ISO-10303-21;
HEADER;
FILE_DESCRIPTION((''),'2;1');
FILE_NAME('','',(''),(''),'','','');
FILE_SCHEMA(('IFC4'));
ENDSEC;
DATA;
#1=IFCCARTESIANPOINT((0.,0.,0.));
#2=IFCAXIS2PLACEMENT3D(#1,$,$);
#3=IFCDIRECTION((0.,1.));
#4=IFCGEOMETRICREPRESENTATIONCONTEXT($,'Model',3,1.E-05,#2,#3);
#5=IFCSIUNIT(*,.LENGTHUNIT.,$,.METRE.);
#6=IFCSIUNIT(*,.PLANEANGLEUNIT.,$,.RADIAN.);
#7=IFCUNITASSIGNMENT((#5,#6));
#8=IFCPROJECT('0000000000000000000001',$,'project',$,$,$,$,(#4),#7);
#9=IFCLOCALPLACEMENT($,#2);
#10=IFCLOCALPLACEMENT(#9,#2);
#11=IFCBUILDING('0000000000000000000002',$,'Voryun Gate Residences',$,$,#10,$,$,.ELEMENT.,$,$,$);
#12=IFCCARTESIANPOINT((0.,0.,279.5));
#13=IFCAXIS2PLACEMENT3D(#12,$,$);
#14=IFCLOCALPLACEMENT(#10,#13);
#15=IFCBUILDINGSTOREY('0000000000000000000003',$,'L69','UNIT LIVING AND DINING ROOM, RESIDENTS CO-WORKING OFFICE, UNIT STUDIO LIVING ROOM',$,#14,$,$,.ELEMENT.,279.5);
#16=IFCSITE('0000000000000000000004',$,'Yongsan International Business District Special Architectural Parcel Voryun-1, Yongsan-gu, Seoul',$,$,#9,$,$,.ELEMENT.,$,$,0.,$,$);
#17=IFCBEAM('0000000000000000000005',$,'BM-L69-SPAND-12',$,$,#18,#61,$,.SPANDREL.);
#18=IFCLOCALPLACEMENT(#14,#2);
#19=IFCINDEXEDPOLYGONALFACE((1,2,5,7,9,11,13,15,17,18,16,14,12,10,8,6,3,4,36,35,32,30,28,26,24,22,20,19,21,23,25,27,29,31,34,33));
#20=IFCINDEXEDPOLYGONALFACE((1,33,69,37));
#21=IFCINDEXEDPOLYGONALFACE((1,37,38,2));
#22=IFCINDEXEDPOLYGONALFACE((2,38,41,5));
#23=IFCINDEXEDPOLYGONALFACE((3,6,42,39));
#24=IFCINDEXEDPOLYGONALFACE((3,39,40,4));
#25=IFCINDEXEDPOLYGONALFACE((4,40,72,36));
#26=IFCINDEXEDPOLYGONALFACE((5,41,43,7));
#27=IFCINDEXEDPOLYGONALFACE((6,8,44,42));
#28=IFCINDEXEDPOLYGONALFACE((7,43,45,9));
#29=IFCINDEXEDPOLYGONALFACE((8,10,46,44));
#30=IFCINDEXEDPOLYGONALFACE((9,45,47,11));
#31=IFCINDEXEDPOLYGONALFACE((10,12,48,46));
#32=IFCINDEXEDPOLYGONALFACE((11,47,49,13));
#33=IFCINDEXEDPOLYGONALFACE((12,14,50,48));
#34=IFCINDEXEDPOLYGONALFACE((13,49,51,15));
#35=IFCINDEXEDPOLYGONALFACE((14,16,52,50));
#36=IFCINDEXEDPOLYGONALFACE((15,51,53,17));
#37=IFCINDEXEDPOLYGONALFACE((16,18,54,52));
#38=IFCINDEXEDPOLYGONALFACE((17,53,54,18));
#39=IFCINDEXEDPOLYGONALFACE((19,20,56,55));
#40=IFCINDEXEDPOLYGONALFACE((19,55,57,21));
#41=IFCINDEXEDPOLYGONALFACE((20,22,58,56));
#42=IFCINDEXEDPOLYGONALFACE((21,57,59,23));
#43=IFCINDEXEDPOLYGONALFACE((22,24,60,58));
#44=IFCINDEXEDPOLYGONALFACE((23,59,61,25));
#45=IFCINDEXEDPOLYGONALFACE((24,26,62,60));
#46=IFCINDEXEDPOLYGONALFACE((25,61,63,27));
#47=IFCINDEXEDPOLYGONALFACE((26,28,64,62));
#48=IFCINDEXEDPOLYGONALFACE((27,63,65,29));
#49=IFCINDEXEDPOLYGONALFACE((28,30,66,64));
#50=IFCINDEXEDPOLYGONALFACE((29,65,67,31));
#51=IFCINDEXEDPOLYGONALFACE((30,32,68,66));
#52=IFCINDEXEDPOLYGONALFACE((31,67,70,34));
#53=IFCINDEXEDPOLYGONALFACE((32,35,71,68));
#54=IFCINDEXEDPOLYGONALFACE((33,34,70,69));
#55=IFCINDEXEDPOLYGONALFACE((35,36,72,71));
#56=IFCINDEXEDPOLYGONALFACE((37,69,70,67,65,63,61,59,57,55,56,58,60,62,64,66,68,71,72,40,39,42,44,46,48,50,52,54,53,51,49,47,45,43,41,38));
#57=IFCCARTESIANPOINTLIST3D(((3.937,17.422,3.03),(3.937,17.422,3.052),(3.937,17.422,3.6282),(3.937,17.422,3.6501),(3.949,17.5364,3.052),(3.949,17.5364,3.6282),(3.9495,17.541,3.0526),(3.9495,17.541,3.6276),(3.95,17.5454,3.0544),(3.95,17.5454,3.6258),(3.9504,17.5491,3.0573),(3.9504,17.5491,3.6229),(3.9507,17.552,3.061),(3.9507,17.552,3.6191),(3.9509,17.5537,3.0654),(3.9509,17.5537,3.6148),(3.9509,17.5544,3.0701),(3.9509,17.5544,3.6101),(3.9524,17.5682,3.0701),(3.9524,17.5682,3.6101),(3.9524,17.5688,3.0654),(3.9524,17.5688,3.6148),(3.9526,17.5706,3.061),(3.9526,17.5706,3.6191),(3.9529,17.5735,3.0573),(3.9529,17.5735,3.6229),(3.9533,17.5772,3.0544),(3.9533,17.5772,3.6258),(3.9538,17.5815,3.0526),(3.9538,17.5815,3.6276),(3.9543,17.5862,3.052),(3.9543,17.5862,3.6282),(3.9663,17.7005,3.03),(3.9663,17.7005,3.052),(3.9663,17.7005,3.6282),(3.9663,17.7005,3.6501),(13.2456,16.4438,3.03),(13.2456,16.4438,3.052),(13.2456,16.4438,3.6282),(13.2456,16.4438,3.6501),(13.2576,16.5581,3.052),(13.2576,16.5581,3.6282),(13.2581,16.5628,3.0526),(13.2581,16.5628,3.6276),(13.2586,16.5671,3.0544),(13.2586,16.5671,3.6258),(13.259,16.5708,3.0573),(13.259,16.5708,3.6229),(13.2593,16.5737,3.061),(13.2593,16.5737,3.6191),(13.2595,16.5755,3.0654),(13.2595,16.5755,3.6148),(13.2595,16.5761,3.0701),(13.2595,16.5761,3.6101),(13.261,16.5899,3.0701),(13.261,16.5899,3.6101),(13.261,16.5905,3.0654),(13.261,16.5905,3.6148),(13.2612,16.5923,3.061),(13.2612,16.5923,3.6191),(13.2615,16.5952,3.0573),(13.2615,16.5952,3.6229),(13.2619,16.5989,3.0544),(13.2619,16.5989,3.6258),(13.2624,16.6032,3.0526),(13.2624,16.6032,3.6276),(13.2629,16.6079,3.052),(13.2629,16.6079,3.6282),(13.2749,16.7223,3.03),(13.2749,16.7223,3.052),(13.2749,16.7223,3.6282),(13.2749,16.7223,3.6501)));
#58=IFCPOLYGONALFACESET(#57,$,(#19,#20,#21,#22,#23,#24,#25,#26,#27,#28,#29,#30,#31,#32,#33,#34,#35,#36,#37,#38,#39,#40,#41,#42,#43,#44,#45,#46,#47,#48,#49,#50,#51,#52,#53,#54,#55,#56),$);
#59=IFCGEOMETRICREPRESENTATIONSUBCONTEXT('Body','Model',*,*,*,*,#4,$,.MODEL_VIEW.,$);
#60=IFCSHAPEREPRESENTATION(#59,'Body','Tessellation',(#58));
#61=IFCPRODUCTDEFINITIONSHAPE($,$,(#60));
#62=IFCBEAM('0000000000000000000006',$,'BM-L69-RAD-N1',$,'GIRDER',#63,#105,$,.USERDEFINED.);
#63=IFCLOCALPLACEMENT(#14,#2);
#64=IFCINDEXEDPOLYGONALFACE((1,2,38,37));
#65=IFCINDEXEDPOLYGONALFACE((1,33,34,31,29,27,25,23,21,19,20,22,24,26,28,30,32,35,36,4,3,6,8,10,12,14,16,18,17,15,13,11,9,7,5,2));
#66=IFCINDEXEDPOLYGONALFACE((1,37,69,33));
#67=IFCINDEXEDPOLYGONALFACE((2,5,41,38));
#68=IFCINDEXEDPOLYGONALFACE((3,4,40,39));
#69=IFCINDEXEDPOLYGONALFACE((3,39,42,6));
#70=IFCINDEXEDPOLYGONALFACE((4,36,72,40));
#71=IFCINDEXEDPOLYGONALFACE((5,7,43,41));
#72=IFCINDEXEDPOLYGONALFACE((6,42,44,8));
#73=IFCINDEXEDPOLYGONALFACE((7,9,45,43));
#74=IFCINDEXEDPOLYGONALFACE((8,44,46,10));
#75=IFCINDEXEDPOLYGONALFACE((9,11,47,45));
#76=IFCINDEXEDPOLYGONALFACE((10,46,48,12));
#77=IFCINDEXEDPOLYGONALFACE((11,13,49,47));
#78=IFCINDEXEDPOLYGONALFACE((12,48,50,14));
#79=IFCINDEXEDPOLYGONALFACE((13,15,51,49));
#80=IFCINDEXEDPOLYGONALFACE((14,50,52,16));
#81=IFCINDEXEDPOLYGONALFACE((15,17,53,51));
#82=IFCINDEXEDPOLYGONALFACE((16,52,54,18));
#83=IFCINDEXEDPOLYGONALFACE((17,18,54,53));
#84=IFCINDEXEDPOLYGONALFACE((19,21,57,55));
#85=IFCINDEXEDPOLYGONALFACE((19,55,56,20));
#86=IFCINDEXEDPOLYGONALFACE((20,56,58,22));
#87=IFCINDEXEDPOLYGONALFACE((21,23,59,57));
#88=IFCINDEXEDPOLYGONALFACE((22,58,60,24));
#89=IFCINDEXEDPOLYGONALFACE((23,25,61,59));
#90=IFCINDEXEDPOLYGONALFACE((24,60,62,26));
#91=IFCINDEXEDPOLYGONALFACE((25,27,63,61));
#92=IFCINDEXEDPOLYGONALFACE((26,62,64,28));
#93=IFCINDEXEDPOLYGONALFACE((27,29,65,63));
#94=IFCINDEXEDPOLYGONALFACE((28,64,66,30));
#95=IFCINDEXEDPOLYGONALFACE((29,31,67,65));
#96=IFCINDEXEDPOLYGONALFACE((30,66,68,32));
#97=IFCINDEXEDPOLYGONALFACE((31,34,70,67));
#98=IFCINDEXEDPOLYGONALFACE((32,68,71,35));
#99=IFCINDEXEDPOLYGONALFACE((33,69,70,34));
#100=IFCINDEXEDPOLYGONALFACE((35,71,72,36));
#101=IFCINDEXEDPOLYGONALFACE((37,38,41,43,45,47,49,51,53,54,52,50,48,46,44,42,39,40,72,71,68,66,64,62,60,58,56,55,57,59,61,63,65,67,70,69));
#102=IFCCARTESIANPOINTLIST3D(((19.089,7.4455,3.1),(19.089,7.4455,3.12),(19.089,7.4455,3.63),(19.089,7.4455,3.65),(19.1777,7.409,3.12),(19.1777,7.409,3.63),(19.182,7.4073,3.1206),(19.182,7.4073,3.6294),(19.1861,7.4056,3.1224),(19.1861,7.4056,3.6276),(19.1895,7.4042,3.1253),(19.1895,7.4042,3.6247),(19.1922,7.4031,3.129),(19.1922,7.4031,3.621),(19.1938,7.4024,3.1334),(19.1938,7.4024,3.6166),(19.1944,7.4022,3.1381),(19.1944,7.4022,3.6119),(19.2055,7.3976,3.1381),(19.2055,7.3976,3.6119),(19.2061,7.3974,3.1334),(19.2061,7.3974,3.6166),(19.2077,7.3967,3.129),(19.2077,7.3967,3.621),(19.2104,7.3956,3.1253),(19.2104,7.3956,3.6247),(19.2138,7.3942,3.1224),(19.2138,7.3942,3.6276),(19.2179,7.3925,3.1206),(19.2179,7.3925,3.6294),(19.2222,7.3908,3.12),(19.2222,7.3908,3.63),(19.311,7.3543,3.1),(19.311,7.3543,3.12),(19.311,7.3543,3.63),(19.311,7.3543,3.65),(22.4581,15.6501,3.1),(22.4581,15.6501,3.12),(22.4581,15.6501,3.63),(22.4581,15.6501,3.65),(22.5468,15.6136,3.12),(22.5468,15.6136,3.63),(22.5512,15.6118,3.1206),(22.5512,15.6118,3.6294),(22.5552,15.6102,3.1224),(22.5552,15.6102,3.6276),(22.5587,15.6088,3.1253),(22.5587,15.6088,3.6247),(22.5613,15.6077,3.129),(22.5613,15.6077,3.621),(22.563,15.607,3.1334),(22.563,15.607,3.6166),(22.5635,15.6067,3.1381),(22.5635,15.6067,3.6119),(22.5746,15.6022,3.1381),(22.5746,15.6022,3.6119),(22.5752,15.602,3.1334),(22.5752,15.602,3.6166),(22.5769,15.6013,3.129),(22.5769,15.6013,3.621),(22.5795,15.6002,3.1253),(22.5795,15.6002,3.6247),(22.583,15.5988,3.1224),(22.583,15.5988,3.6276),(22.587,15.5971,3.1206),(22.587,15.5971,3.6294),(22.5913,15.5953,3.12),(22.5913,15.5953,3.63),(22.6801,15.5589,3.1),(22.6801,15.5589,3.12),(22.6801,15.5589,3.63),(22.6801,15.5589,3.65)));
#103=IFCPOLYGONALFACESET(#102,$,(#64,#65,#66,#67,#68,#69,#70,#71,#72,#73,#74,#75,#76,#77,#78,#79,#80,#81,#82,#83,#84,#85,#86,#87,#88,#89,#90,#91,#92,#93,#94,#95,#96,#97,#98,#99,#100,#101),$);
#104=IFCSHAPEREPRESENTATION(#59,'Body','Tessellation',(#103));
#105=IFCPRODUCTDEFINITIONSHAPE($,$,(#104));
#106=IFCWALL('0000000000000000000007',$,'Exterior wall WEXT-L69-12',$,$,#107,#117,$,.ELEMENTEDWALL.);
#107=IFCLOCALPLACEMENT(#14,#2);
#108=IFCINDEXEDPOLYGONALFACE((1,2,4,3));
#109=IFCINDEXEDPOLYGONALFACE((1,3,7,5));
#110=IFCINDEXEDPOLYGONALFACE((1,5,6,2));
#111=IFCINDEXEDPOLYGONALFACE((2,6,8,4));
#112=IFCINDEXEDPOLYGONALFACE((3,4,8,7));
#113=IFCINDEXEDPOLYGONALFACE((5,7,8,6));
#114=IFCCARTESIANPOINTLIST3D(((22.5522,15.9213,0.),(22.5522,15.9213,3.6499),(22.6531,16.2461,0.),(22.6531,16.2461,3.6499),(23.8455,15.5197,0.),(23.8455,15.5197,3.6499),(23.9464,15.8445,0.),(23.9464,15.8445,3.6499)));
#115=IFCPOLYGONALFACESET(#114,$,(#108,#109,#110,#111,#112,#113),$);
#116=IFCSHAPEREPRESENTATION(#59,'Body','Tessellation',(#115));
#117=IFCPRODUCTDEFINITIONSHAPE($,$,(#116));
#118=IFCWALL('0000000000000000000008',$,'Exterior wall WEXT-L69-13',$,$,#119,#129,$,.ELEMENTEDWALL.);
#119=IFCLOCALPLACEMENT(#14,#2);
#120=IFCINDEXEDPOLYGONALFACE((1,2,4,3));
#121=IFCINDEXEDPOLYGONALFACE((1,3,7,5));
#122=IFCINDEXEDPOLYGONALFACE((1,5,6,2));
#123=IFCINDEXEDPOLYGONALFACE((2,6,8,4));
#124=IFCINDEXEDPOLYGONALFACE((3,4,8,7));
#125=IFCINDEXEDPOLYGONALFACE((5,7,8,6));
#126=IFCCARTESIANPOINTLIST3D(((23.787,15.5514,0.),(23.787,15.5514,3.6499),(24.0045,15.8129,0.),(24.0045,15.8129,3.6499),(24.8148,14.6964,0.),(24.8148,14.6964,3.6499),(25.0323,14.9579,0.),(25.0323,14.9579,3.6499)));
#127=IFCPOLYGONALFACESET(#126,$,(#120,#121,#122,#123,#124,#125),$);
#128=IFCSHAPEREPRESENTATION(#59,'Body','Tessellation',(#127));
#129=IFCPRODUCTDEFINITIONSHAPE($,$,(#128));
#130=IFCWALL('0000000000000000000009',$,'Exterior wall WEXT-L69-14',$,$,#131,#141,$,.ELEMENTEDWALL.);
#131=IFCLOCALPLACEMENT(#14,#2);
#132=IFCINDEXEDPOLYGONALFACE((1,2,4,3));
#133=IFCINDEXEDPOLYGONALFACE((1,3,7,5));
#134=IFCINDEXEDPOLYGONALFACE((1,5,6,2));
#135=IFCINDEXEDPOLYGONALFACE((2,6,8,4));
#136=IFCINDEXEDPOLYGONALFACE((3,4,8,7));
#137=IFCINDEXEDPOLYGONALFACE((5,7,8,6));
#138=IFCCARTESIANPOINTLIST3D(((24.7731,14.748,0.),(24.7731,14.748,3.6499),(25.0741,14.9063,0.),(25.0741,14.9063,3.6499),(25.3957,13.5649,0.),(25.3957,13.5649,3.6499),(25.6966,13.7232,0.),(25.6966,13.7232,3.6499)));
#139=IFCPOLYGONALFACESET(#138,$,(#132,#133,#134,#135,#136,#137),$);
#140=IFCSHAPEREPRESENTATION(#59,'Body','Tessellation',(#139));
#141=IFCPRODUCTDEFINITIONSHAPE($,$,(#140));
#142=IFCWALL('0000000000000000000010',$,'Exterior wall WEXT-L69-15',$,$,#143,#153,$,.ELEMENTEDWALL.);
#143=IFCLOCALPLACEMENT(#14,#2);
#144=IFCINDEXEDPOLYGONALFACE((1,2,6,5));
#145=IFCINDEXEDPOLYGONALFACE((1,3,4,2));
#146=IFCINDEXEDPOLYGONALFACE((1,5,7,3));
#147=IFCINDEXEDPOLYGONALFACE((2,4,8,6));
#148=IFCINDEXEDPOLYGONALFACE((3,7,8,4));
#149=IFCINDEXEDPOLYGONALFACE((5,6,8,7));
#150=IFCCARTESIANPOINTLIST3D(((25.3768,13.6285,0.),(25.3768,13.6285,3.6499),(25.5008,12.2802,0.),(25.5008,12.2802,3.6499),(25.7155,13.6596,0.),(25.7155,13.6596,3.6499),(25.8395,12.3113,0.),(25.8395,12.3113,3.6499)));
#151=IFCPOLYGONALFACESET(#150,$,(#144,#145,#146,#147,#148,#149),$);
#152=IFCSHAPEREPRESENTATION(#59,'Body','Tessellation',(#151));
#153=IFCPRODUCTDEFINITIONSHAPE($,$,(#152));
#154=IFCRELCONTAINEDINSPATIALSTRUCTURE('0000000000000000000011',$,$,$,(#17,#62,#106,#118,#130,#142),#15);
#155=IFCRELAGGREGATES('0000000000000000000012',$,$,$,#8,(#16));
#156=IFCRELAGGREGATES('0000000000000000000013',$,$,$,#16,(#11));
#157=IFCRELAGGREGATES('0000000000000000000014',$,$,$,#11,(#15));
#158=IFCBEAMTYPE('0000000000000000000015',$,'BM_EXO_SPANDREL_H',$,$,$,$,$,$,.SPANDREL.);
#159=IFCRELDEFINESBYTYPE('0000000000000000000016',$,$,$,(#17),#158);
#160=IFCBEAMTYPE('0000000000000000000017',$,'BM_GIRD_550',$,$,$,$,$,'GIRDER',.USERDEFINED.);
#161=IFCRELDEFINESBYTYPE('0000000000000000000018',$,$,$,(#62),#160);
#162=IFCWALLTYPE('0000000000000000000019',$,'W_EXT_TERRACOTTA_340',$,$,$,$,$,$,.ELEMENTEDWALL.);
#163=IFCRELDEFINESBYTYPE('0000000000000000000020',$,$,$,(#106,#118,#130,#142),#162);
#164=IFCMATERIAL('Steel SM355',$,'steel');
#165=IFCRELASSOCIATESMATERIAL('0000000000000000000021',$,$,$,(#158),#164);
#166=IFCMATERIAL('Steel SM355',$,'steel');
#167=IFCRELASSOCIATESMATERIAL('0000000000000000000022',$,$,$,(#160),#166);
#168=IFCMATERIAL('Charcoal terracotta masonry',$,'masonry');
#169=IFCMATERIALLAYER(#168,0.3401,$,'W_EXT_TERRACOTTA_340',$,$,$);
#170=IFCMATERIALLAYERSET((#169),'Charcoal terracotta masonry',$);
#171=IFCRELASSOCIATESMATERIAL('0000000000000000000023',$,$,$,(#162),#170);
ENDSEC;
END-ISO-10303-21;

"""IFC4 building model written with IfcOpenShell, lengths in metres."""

from ifc_helpers import new_model, si_unit, direction, frame, frame_2d, origin, origin_2d, place, context, subcontext, project, spatial, rectangle, i_section, extrude, material, layer, layer_set, material_profile, profile_set, type_object, element, save


model = new_model("IFC4")

# Units and contexts
model_context = context("Model", 3, precision=1e-05, world=origin(), true_north=direction((0.0, 1.0)))
body_context = subcontext(model_context, "Body", "Model", "MODEL_VIEW")
ifc_project = project(units=[si_unit("LENGTHUNIT", "METRE"), si_unit("PLANEANGLEUNIT", "RADIAN")], contexts=[model_context])

# Site, building, storey
site_placement = place(None, origin())
site = spatial("IfcSite", under=ifc_project, at=site_placement, Name="Yongsan International Business District Special Architectural Parcel Voryun-1, Yongsan-gu, Seoul", CompositionType="ELEMENT", RefElevation=0.0)
building_placement = place(site_placement, origin())
building = spatial("IfcBuilding", under=site, at=building_placement, Name="Voryun Gate Residences", CompositionType="ELEMENT")
storey_placement = place(building_placement, frame((0.0, 0.0, 279.5)))
storey = spatial("IfcBuildingStorey", under=building, at=storey_placement, Name="L69", Description="UNIT LIVING AND DINING ROOM, RESIDENTS CO-WORKING OFFICE, UNIT STUDIO LIVING ROOM", CompositionType="ELEMENT", Elevation=279.5)

# Beams
ifc_material_1 = material(Name="Steel SM355", Category="steel")
ifc_material_profile_1 = material_profile(ifc_material_1, i_section(OverallWidth=0.28, OverallDepth=0.6201, WebThickness=0.0139, FlangeThickness=0.022, FilletRadius=0.0181, at=origin_2d()), Name="H-620x280x14x22")
ifc_profile_set_1 = profile_set([ifc_material_profile_1], Name="Steel SM355")
beam_type_1 = type_object("IfcBeamType", Name="BM_EXO_SPANDREL_H", PredefinedType="SPANDREL", material=ifc_profile_set_1)
beam_1_placement = place(storey_placement, frame((13.2603, 16.583, 3.3401), z_axis=(-0.994523, 0.104518, 0.0), x_axis=(-0.104518, -0.994523, 0.0)))
element("IfcBeam", 1, at=beam_1_placement, inside=storey, type_object=beam_type_1, Name="BM-L69-SPAND-12", PredefinedType="SPANDREL", context=body_context, shape_type="SweptSolid", body=[
    extrude(i_section(OverallWidth=0.28, OverallDepth=0.6201, WebThickness=0.0139, FlangeThickness=0.022, FilletRadius=0.0181, at=origin_2d()), origin(), (0.0, 0.0, 1.0), 9.3599),
])
ifc_material_2 = material(Name="Steel SM355", Category="steel")
ifc_material_profile_2 = material_profile(ifc_material_2, i_section(OverallWidth=0.24, OverallDepth=0.55, WebThickness=0.012, FlangeThickness=0.02, FilletRadius=0.0181, at=origin_2d()), Name="H-550x240x12x20")
ifc_profile_set_2 = profile_set([ifc_material_profile_2], Name="Steel SM355")
beam_type_2 = type_object("IfcBeamType", Name="BM_GIRD_550", ElementType="GIRDER", PredefinedType="USERDEFINED", material=ifc_profile_set_2)
beam_2_placement = place(storey_placement, frame((19.2, 7.3999, 3.375), z_axis=(0.379861, 0.925044, 0.0), x_axis=(-0.925044, 0.379861, 0.0)))
element("IfcBeam", 2, at=beam_2_placement, inside=storey, type_object=beam_type_2, Name="BM-L69-RAD-N1", ObjectType="GIRDER", PredefinedType="USERDEFINED", context=body_context, shape_type="SweptSolid", body=[
    extrude(i_section(OverallWidth=0.24, OverallDepth=0.55, WebThickness=0.012, FlangeThickness=0.02, FilletRadius=0.0181, at=origin_2d()), origin(), (0.0, 0.0, 1.0), 8.8694),
])

# Walls
ifc_material_3 = material(Name="Charcoal terracotta masonry", Category="masonry")
ifc_layer_1 = layer(ifc_material_3, 0.3401, Name="W_EXT_TERRACOTTA_340")
ifc_layer_set_1 = layer_set([ifc_layer_1], Name="Charcoal terracotta masonry")
wall_type_1 = type_object("IfcWallType", Name="W_EXT_TERRACOTTA_340", PredefinedType="ELEMENTEDWALL", material=ifc_layer_set_1)
wall_1_placement = place(storey_placement, frame((22.6025, 16.0837, 0.0), z_axis=(0.0, 0.0, 1.0), x_axis=(0.955008, -0.296581, 0.0)))
element("IfcWall", 3, at=wall_1_placement, inside=storey, type_object=wall_type_1, Name="Exterior wall WEXT-L69-12", PredefinedType="ELEMENTEDWALL", context=body_context, shape_type="SweptSolid", body=[
    extrude(rectangle(XDim=1.3542, YDim=0.3401, at=frame_2d((0.6772, 0.0))), origin(), (0.0, 0.0, 1.0), 3.6499),
])
for number, where, z_axis, x_axis, name in (
    (4, (23.8958, 15.6821, 0.0), (0.0, 0.0, 1.0), (0.76879, -0.639502, 0.0), "Exterior wall WEXT-L69-13"),
    (5, (24.9236, 14.8271, 0.0), (0.0, 0.0, 1.0), (0.465671, -0.884958, 0.0), "Exterior wall WEXT-L69-14"),
):
    element("IfcWall", number, at=place(storey_placement, frame(where, z_axis=z_axis, x_axis=x_axis)), inside=storey, type_object=wall_type_1, Name=name, PredefinedType="ELEMENTEDWALL", context=body_context, shape_type="SweptSolid", body=[
        extrude(rectangle(XDim=1.3369, YDim=0.3401, at=frame_2d((0.6685, 0.0))), origin(), (0.0, 0.0, 1.0), 3.6499),
    ])
wall_2_placement = place(storey_placement, frame((25.5461, 13.644, 0.0), z_axis=(0.0, 0.0, 1.0), x_axis=(0.091592, -0.995797, 0.0)))
element("IfcWall", 6, at=wall_2_placement, inside=storey, type_object=wall_type_1, Name="Exterior wall WEXT-L69-15", PredefinedType="ELEMENTEDWALL", context=body_context, shape_type="SweptSolid", body=[
    extrude(rectangle(XDim=1.354, YDim=0.3401, at=frame_2d((0.677, 0.0))), origin(), (0.0, 0.0, 1.0), 3.6499),
])

save(model, "model.ifc")
